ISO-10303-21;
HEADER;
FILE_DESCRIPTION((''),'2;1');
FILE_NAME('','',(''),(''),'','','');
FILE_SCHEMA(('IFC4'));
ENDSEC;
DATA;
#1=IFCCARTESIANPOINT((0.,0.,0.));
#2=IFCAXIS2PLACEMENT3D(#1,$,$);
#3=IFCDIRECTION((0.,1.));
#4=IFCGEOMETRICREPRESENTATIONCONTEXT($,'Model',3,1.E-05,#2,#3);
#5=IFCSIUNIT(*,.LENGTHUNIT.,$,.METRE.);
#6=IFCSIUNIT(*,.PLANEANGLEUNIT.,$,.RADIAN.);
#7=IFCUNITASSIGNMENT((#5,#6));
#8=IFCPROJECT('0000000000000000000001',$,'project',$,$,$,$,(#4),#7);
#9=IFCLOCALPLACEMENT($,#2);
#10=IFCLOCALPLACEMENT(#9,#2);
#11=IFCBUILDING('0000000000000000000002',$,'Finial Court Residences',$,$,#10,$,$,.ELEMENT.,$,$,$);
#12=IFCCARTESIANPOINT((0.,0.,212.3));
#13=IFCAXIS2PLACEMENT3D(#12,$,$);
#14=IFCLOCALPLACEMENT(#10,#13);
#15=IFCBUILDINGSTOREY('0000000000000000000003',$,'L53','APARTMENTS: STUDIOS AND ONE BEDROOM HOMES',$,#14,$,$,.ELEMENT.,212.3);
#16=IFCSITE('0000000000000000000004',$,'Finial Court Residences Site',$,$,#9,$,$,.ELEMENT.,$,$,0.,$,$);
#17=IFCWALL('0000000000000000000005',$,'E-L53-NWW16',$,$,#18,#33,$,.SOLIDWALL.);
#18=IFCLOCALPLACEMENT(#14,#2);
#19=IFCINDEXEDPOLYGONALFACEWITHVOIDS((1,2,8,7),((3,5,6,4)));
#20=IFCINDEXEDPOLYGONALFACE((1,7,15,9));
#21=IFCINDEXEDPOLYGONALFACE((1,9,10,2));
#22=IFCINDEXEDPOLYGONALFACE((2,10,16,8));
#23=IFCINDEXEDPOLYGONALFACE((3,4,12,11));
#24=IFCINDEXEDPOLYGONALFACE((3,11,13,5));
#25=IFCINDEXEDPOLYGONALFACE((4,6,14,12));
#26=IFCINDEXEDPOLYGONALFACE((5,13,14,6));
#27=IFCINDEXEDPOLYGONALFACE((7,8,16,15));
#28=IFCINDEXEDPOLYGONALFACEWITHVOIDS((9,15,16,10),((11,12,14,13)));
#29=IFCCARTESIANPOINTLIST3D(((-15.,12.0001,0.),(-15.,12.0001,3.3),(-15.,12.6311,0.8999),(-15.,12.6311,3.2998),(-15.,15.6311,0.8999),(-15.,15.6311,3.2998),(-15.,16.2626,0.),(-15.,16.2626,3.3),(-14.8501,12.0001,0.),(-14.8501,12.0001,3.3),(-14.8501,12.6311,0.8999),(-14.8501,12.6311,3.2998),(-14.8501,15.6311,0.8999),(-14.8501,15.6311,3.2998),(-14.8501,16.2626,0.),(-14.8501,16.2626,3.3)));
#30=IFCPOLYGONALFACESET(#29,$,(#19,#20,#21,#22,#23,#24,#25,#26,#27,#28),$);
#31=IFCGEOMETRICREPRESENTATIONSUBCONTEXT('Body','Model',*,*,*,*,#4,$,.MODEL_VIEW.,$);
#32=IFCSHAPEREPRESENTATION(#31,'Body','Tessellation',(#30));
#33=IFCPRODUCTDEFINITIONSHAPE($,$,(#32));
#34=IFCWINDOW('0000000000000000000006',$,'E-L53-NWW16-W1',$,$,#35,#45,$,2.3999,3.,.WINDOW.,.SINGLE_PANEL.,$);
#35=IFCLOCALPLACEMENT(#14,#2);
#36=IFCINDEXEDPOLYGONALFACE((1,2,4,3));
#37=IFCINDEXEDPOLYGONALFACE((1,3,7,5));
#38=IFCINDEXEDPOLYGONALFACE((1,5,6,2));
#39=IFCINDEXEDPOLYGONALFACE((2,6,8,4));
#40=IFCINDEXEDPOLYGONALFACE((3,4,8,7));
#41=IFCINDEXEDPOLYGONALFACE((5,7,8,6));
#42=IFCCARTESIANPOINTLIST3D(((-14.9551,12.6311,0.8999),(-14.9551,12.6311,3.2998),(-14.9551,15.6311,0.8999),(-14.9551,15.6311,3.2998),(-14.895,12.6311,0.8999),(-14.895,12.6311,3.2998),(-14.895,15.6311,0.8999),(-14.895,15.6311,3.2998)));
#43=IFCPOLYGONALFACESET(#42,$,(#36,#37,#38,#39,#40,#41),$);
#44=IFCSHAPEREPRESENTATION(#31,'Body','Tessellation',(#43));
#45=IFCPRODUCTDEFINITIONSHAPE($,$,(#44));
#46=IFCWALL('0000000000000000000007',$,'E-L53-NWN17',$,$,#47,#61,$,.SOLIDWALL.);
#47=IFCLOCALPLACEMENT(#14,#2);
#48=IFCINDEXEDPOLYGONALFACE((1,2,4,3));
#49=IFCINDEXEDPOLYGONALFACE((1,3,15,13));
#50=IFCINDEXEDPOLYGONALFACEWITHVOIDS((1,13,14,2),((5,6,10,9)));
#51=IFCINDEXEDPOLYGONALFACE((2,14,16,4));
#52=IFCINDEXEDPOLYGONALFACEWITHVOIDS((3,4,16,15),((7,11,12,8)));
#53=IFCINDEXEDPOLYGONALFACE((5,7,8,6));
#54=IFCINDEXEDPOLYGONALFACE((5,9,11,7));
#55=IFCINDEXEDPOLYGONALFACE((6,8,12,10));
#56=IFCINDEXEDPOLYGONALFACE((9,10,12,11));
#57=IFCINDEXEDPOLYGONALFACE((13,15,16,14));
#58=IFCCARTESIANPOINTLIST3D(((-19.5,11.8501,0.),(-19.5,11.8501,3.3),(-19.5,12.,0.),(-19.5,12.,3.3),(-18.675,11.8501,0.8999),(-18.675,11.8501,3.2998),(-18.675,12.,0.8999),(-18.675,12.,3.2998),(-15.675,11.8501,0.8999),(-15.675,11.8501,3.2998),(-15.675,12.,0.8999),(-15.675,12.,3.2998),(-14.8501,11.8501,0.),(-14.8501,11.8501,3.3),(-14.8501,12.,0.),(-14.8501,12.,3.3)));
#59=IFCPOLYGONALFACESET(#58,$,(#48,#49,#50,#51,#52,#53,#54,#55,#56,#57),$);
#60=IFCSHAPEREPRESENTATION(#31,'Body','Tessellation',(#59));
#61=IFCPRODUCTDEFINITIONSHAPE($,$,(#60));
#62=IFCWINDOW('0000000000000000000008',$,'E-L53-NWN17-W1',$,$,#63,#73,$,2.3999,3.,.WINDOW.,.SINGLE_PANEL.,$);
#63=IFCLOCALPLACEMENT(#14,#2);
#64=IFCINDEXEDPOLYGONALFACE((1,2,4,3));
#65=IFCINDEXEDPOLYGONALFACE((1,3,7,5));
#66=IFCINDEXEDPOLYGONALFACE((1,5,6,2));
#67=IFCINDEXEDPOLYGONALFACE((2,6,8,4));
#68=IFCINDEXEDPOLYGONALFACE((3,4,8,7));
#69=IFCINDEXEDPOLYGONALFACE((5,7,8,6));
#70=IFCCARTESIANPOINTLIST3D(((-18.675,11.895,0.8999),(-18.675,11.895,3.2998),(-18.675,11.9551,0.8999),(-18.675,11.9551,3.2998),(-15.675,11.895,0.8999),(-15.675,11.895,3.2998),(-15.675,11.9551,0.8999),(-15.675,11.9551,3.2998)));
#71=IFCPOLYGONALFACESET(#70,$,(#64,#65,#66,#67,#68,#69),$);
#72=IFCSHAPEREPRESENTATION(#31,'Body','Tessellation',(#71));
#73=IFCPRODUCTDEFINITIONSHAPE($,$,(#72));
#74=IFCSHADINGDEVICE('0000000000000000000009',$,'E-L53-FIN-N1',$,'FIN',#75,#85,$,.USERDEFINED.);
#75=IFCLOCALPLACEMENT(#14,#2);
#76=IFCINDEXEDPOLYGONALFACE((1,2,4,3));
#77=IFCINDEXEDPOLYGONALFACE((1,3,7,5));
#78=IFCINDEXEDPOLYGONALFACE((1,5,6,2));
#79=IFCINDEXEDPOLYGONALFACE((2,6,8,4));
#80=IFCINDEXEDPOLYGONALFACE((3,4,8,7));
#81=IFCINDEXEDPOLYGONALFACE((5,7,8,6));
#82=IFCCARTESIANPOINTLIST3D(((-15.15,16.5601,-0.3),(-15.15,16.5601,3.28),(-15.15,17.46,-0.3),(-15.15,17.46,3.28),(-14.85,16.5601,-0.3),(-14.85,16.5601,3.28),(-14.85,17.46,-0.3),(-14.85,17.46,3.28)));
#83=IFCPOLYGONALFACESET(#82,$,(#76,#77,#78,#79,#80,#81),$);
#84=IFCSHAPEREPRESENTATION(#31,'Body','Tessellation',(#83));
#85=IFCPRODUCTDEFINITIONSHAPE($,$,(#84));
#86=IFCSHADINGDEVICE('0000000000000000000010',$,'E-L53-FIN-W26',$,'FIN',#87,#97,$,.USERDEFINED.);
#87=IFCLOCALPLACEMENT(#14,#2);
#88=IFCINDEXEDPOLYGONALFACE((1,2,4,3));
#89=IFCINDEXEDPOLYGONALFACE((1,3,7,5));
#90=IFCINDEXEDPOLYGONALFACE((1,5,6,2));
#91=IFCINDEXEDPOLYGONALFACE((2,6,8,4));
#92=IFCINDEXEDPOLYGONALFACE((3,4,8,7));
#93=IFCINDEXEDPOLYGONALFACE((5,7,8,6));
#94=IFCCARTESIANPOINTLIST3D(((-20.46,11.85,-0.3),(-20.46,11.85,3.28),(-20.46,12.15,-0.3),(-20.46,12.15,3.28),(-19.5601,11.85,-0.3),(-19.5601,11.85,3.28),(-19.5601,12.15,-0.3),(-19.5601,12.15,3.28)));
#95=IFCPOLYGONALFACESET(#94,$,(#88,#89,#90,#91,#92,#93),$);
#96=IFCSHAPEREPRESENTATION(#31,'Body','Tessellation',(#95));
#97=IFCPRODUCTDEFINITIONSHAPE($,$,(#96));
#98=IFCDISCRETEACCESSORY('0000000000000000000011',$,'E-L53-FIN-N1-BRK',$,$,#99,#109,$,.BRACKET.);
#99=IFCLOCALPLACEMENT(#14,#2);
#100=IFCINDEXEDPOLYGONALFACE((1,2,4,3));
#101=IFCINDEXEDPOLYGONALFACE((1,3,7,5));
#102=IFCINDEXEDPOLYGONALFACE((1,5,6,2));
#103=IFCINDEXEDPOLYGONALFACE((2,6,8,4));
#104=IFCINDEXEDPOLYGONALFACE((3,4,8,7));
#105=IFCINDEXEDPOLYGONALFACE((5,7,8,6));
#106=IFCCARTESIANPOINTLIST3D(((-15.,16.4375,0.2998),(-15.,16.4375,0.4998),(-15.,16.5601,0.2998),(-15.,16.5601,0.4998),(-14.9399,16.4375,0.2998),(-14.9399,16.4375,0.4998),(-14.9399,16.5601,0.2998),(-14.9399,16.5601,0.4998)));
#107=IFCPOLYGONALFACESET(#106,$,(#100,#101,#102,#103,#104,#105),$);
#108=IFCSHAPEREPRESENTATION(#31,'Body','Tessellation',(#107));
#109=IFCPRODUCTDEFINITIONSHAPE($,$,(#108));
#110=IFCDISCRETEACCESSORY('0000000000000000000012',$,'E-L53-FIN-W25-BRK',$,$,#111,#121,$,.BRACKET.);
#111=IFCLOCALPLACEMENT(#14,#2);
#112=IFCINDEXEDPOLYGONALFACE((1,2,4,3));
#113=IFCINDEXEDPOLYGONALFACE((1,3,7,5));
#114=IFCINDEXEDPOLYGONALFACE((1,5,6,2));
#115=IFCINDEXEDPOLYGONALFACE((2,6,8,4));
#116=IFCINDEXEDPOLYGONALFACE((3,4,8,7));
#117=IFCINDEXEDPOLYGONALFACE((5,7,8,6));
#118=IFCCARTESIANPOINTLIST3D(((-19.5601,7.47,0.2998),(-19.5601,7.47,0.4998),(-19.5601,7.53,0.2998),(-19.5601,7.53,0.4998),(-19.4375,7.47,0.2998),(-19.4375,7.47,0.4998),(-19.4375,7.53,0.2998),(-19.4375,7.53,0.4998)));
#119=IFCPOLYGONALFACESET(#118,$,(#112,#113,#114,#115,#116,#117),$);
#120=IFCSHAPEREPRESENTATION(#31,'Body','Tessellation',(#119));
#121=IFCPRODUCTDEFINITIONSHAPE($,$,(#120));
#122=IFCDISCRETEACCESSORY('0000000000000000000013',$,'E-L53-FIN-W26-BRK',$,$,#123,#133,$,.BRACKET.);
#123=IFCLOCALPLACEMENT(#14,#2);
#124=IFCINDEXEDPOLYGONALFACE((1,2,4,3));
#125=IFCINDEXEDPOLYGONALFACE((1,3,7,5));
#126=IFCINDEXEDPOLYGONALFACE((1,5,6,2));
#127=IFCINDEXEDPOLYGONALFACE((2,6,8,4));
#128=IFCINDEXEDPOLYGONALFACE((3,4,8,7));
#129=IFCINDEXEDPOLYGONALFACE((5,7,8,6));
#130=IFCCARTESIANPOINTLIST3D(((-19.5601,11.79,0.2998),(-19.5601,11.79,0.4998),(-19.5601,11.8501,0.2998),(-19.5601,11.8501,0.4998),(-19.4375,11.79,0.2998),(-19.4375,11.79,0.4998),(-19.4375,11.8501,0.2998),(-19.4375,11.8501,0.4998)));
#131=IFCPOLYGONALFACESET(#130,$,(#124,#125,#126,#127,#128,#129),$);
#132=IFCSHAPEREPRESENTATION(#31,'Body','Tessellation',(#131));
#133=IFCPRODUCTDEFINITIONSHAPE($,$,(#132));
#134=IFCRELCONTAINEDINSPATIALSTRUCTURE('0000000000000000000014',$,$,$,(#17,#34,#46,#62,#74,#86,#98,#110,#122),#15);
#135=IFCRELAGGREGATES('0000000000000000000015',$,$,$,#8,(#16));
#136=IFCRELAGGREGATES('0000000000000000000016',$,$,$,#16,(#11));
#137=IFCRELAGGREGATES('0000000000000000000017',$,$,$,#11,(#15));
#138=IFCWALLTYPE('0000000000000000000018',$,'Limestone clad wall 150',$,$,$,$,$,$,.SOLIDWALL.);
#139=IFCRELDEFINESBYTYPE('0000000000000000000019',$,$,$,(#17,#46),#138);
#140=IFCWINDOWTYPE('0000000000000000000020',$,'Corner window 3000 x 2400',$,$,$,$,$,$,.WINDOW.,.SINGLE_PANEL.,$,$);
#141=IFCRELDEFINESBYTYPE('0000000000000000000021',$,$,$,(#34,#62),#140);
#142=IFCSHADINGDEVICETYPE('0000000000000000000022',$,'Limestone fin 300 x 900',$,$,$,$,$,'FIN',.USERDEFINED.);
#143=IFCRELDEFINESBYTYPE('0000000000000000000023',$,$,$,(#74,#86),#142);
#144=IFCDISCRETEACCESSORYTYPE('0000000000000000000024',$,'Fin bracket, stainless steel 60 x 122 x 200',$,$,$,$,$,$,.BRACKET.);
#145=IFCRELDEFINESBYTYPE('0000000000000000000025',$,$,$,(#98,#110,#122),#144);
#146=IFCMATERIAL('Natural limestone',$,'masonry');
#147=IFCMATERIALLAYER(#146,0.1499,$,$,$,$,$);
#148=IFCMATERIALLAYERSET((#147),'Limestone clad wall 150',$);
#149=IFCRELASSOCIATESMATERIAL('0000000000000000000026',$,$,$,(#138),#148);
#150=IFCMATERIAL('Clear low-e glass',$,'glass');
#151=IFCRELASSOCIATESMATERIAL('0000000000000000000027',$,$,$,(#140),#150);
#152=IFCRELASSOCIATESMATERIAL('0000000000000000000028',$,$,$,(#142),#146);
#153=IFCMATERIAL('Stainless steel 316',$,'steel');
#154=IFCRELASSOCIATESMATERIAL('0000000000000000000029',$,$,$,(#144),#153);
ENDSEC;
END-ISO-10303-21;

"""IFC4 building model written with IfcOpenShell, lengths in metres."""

from ifc_helpers import new_model, si_unit, direction, frame, frame_2d, origin, origin_2d, place, context, subcontext, project, spatial, rectangle, extrude, material, layer, layer_set, type_object, element, fill, save


model = new_model("IFC4")

# Units and contexts
model_context = context("Model", 3, precision=1e-05, world=origin(), true_north=direction((0.0, 1.0)))
body_context = subcontext(model_context, "Body", "Model", "MODEL_VIEW")
ifc_project = project(units=[si_unit("LENGTHUNIT", "METRE"), si_unit("PLANEANGLEUNIT", "RADIAN")], contexts=[model_context])

# Site, building, storey
site_placement = place(None, origin())
site = spatial("IfcSite", under=ifc_project, at=site_placement, Name="Finial Court Residences Site", CompositionType="ELEMENT", RefElevation=0.0)
building_placement = place(site_placement, origin())
building = spatial("IfcBuilding", under=site, at=building_placement, Name="Finial Court Residences", CompositionType="ELEMENT")
storey_placement = place(building_placement, frame((0.0, 0.0, 212.3)))
storey = spatial("IfcBuildingStorey", under=building, at=storey_placement, Name="L53", Description="APARTMENTS: STUDIOS AND ONE BEDROOM HOMES", CompositionType="ELEMENT", Elevation=212.3)

# Shared definitions
ifc_material_1 = material(Name="Clear low-e glass", Category="glass")

# Walls, openings, windows
ifc_material_2 = material(Name="Natural limestone", Category="masonry")
ifc_layer_1 = layer(ifc_material_2, 0.1499)
ifc_layer_set_1 = layer_set([ifc_layer_1], Name="Limestone clad wall 150")
wall_type_1 = type_object("IfcWallType", Name="Limestone clad wall 150", PredefinedType="SOLIDWALL", material=ifc_layer_set_1)
wall_1_placement = place(storey_placement, frame((-14.925, 12.0, 0.0), z_axis=(0.0, 0.0, 1.0), x_axis=(0.0, 1.0, 0.0)))
wall_1 = element("IfcWall", 1, at=wall_1_placement, inside=storey, type_object=wall_type_1, Name="E-L53-NWW16", PredefinedType="SOLIDWALL", context=body_context, shape_type="SweptSolid", body=[
    extrude(rectangle(XDim=4.2625, YDim=0.1499, at=frame_2d((2.1313, 0.0))), origin(), (0.0, 0.0, 1.0), 3.3),
])
opening_1_placement = place(wall_1_placement, frame((0.6311, 0.0, 0.8999)))
opening_1 = element("IfcOpeningElement", 2, at=opening_1_placement, cuts=wall_1, PredefinedType="OPENING", context=body_context, shape_type="SweptSolid", body=[
    extrude(rectangle(XDim=3.0, YDim=2.3999, at=frame_2d((1.5, 1.2))), frame((0.0, 0.085, 0.0), z_axis=(0.0, -1.0, 0.0), x_axis=(1.0, 0.0, 0.0)), (0.0, 0.0, 1.0), 0.1699),
])
window_type = type_object("IfcWindowType", Name="Corner window 3000 x 2400", PartitioningType="SINGLE_PANEL", PredefinedType="WINDOW", material=ifc_material_1)
window_1_placement = place(opening_1_placement, origin())
window_1 = element("IfcWindow", 3, at=window_1_placement, inside=storey, type_object=window_type, Name="E-L53-NWW16-W1", OverallHeight=2.3999, OverallWidth=3.0, PartitioningType="SINGLE_PANEL", PredefinedType="WINDOW", context=body_context, shape_type="SweptSolid", body=[
    extrude(rectangle(XDim=3.0, YDim=2.3999, at=frame_2d((1.5, 1.2))), frame((0.0, 0.03, 0.0), z_axis=(0.0, -1.0, 0.0), x_axis=(1.0, 0.0, 0.0)), (0.0, 0.0, 1.0), 0.0601),
])
fill(opening_1, window_1)
wall_2_placement = place(storey_placement, frame((-19.5, 11.925, 0.0), z_axis=(0.0, 0.0, 1.0), x_axis=(1.0, 0.0, 0.0)))
wall_2 = element("IfcWall", 4, at=wall_2_placement, inside=storey, type_object=wall_type_1, Name="E-L53-NWN17", PredefinedType="SOLIDWALL", context=body_context, shape_type="SweptSolid", body=[
    extrude(rectangle(XDim=4.6499, YDim=0.1499, at=frame_2d((2.325, 0.0))), origin(), (0.0, 0.0, 1.0), 3.3),
])
opening_2_placement = place(wall_2_placement, frame((0.825, 0.0, 0.8999)))
opening_2 = element("IfcOpeningElement", 5, at=opening_2_placement, cuts=wall_2, PredefinedType="OPENING", context=body_context, shape_type="SweptSolid", body=[
    extrude(rectangle(XDim=3.0, YDim=2.3999, at=frame_2d((1.5, 1.2))), frame((0.0, 0.085, 0.0), z_axis=(0.0, -1.0, 0.0), x_axis=(1.0, 0.0, 0.0)), (0.0, 0.0, 1.0), 0.1699),
])
window_2_placement = place(opening_2_placement, origin())
window_2 = element("IfcWindow", 6, at=window_2_placement, inside=storey, type_object=window_type, Name="E-L53-NWN17-W1", OverallHeight=2.3999, OverallWidth=3.0, PartitioningType="SINGLE_PANEL", PredefinedType="WINDOW", context=body_context, shape_type="SweptSolid", body=[
    extrude(rectangle(XDim=3.0, YDim=2.3999, at=frame_2d((1.5, 1.2))), frame((0.0, 0.03, 0.0), z_axis=(0.0, -1.0, 0.0), x_axis=(1.0, 0.0, 0.0)), (0.0, 0.0, 1.0), 0.0601),
])
fill(opening_2, window_2)

# Shading devices
shading_device_type = type_object("IfcShadingDeviceType", Name="Limestone fin 300 x 900", ElementType="FIN", PredefinedType="USERDEFINED", material=ifc_material_2)
shading_device_1_placement = place(storey_placement, frame((-15.0, 17.01, -0.3), z_axis=(0.0, 0.0, 1.0), x_axis=(1.0, 0.0, 0.0)))
element("IfcShadingDevice", 7, at=shading_device_1_placement, inside=storey, type_object=shading_device_type, Name="E-L53-FIN-N1", ObjectType="FIN", PredefinedType="USERDEFINED", context=body_context, shape_type="SweptSolid", body=[
    extrude(rectangle(XDim=0.3, YDim=0.8999, at=origin_2d()), origin(), (0.0, 0.0, 1.0), 3.5801),
])
shading_device_2_placement = place(storey_placement, frame((-20.01, 12.0, -0.3), z_axis=(0.0, 0.0, 1.0), x_axis=(1.0, 0.0, 0.0)))
element("IfcShadingDevice", 8, at=shading_device_2_placement, inside=storey, type_object=shading_device_type, Name="E-L53-FIN-W26", ObjectType="FIN", PredefinedType="USERDEFINED", context=body_context, shape_type="SweptSolid", body=[
    extrude(rectangle(XDim=0.8999, YDim=0.3, at=origin_2d()), origin(), (0.0, 0.0, 1.0), 3.5801),
])

# Discrete accessories
ifc_material_3 = material(Name="Stainless steel 316", Category="steel")
discrete_accessory_type = type_object("IfcDiscreteAccessoryType", Name="Fin bracket, stainless steel 60 x 122 x 200", PredefinedType="BRACKET", material=ifc_material_3)
discrete_accessory_placement = place(storey_placement, frame((-14.97, 16.4988, 0.2998), z_axis=(0.0, 0.0, 1.0), x_axis=(1.0, 0.0, 0.0)))
element("IfcDiscreteAccessory", 9, at=discrete_accessory_placement, inside=storey, type_object=discrete_accessory_type, Name="E-L53-FIN-N1-BRK", PredefinedType="BRACKET", context=body_context, shape_type="SweptSolid", body=[
    extrude(rectangle(XDim=0.0601, YDim=0.1226, at=origin_2d()), origin(), (0.0, 0.0, 1.0), 0.2),
])
for number, where, z_axis, x_axis, name in (
    (10, (-19.4988, 7.5, 0.2998), (0.0, 0.0, 1.0), (1.0, 0.0, 0.0), "E-L53-FIN-W25-BRK"),
    (11, (-19.4988, 11.8201, 0.2998), (0.0, 0.0, 1.0), (1.0, 0.0, 0.0), "E-L53-FIN-W26-BRK"),
):
    element("IfcDiscreteAccessory", number, at=place(storey_placement, frame(where, z_axis=z_axis, x_axis=x_axis)), inside=storey, type_object=discrete_accessory_type, Name=name, PredefinedType="BRACKET", context=body_context, shape_type="SweptSolid", body=[
        extrude(rectangle(XDim=0.1226, YDim=0.0601, at=origin_2d()), origin(), (0.0, 0.0, 1.0), 0.2),
    ])

save(model, "model.ifc")
